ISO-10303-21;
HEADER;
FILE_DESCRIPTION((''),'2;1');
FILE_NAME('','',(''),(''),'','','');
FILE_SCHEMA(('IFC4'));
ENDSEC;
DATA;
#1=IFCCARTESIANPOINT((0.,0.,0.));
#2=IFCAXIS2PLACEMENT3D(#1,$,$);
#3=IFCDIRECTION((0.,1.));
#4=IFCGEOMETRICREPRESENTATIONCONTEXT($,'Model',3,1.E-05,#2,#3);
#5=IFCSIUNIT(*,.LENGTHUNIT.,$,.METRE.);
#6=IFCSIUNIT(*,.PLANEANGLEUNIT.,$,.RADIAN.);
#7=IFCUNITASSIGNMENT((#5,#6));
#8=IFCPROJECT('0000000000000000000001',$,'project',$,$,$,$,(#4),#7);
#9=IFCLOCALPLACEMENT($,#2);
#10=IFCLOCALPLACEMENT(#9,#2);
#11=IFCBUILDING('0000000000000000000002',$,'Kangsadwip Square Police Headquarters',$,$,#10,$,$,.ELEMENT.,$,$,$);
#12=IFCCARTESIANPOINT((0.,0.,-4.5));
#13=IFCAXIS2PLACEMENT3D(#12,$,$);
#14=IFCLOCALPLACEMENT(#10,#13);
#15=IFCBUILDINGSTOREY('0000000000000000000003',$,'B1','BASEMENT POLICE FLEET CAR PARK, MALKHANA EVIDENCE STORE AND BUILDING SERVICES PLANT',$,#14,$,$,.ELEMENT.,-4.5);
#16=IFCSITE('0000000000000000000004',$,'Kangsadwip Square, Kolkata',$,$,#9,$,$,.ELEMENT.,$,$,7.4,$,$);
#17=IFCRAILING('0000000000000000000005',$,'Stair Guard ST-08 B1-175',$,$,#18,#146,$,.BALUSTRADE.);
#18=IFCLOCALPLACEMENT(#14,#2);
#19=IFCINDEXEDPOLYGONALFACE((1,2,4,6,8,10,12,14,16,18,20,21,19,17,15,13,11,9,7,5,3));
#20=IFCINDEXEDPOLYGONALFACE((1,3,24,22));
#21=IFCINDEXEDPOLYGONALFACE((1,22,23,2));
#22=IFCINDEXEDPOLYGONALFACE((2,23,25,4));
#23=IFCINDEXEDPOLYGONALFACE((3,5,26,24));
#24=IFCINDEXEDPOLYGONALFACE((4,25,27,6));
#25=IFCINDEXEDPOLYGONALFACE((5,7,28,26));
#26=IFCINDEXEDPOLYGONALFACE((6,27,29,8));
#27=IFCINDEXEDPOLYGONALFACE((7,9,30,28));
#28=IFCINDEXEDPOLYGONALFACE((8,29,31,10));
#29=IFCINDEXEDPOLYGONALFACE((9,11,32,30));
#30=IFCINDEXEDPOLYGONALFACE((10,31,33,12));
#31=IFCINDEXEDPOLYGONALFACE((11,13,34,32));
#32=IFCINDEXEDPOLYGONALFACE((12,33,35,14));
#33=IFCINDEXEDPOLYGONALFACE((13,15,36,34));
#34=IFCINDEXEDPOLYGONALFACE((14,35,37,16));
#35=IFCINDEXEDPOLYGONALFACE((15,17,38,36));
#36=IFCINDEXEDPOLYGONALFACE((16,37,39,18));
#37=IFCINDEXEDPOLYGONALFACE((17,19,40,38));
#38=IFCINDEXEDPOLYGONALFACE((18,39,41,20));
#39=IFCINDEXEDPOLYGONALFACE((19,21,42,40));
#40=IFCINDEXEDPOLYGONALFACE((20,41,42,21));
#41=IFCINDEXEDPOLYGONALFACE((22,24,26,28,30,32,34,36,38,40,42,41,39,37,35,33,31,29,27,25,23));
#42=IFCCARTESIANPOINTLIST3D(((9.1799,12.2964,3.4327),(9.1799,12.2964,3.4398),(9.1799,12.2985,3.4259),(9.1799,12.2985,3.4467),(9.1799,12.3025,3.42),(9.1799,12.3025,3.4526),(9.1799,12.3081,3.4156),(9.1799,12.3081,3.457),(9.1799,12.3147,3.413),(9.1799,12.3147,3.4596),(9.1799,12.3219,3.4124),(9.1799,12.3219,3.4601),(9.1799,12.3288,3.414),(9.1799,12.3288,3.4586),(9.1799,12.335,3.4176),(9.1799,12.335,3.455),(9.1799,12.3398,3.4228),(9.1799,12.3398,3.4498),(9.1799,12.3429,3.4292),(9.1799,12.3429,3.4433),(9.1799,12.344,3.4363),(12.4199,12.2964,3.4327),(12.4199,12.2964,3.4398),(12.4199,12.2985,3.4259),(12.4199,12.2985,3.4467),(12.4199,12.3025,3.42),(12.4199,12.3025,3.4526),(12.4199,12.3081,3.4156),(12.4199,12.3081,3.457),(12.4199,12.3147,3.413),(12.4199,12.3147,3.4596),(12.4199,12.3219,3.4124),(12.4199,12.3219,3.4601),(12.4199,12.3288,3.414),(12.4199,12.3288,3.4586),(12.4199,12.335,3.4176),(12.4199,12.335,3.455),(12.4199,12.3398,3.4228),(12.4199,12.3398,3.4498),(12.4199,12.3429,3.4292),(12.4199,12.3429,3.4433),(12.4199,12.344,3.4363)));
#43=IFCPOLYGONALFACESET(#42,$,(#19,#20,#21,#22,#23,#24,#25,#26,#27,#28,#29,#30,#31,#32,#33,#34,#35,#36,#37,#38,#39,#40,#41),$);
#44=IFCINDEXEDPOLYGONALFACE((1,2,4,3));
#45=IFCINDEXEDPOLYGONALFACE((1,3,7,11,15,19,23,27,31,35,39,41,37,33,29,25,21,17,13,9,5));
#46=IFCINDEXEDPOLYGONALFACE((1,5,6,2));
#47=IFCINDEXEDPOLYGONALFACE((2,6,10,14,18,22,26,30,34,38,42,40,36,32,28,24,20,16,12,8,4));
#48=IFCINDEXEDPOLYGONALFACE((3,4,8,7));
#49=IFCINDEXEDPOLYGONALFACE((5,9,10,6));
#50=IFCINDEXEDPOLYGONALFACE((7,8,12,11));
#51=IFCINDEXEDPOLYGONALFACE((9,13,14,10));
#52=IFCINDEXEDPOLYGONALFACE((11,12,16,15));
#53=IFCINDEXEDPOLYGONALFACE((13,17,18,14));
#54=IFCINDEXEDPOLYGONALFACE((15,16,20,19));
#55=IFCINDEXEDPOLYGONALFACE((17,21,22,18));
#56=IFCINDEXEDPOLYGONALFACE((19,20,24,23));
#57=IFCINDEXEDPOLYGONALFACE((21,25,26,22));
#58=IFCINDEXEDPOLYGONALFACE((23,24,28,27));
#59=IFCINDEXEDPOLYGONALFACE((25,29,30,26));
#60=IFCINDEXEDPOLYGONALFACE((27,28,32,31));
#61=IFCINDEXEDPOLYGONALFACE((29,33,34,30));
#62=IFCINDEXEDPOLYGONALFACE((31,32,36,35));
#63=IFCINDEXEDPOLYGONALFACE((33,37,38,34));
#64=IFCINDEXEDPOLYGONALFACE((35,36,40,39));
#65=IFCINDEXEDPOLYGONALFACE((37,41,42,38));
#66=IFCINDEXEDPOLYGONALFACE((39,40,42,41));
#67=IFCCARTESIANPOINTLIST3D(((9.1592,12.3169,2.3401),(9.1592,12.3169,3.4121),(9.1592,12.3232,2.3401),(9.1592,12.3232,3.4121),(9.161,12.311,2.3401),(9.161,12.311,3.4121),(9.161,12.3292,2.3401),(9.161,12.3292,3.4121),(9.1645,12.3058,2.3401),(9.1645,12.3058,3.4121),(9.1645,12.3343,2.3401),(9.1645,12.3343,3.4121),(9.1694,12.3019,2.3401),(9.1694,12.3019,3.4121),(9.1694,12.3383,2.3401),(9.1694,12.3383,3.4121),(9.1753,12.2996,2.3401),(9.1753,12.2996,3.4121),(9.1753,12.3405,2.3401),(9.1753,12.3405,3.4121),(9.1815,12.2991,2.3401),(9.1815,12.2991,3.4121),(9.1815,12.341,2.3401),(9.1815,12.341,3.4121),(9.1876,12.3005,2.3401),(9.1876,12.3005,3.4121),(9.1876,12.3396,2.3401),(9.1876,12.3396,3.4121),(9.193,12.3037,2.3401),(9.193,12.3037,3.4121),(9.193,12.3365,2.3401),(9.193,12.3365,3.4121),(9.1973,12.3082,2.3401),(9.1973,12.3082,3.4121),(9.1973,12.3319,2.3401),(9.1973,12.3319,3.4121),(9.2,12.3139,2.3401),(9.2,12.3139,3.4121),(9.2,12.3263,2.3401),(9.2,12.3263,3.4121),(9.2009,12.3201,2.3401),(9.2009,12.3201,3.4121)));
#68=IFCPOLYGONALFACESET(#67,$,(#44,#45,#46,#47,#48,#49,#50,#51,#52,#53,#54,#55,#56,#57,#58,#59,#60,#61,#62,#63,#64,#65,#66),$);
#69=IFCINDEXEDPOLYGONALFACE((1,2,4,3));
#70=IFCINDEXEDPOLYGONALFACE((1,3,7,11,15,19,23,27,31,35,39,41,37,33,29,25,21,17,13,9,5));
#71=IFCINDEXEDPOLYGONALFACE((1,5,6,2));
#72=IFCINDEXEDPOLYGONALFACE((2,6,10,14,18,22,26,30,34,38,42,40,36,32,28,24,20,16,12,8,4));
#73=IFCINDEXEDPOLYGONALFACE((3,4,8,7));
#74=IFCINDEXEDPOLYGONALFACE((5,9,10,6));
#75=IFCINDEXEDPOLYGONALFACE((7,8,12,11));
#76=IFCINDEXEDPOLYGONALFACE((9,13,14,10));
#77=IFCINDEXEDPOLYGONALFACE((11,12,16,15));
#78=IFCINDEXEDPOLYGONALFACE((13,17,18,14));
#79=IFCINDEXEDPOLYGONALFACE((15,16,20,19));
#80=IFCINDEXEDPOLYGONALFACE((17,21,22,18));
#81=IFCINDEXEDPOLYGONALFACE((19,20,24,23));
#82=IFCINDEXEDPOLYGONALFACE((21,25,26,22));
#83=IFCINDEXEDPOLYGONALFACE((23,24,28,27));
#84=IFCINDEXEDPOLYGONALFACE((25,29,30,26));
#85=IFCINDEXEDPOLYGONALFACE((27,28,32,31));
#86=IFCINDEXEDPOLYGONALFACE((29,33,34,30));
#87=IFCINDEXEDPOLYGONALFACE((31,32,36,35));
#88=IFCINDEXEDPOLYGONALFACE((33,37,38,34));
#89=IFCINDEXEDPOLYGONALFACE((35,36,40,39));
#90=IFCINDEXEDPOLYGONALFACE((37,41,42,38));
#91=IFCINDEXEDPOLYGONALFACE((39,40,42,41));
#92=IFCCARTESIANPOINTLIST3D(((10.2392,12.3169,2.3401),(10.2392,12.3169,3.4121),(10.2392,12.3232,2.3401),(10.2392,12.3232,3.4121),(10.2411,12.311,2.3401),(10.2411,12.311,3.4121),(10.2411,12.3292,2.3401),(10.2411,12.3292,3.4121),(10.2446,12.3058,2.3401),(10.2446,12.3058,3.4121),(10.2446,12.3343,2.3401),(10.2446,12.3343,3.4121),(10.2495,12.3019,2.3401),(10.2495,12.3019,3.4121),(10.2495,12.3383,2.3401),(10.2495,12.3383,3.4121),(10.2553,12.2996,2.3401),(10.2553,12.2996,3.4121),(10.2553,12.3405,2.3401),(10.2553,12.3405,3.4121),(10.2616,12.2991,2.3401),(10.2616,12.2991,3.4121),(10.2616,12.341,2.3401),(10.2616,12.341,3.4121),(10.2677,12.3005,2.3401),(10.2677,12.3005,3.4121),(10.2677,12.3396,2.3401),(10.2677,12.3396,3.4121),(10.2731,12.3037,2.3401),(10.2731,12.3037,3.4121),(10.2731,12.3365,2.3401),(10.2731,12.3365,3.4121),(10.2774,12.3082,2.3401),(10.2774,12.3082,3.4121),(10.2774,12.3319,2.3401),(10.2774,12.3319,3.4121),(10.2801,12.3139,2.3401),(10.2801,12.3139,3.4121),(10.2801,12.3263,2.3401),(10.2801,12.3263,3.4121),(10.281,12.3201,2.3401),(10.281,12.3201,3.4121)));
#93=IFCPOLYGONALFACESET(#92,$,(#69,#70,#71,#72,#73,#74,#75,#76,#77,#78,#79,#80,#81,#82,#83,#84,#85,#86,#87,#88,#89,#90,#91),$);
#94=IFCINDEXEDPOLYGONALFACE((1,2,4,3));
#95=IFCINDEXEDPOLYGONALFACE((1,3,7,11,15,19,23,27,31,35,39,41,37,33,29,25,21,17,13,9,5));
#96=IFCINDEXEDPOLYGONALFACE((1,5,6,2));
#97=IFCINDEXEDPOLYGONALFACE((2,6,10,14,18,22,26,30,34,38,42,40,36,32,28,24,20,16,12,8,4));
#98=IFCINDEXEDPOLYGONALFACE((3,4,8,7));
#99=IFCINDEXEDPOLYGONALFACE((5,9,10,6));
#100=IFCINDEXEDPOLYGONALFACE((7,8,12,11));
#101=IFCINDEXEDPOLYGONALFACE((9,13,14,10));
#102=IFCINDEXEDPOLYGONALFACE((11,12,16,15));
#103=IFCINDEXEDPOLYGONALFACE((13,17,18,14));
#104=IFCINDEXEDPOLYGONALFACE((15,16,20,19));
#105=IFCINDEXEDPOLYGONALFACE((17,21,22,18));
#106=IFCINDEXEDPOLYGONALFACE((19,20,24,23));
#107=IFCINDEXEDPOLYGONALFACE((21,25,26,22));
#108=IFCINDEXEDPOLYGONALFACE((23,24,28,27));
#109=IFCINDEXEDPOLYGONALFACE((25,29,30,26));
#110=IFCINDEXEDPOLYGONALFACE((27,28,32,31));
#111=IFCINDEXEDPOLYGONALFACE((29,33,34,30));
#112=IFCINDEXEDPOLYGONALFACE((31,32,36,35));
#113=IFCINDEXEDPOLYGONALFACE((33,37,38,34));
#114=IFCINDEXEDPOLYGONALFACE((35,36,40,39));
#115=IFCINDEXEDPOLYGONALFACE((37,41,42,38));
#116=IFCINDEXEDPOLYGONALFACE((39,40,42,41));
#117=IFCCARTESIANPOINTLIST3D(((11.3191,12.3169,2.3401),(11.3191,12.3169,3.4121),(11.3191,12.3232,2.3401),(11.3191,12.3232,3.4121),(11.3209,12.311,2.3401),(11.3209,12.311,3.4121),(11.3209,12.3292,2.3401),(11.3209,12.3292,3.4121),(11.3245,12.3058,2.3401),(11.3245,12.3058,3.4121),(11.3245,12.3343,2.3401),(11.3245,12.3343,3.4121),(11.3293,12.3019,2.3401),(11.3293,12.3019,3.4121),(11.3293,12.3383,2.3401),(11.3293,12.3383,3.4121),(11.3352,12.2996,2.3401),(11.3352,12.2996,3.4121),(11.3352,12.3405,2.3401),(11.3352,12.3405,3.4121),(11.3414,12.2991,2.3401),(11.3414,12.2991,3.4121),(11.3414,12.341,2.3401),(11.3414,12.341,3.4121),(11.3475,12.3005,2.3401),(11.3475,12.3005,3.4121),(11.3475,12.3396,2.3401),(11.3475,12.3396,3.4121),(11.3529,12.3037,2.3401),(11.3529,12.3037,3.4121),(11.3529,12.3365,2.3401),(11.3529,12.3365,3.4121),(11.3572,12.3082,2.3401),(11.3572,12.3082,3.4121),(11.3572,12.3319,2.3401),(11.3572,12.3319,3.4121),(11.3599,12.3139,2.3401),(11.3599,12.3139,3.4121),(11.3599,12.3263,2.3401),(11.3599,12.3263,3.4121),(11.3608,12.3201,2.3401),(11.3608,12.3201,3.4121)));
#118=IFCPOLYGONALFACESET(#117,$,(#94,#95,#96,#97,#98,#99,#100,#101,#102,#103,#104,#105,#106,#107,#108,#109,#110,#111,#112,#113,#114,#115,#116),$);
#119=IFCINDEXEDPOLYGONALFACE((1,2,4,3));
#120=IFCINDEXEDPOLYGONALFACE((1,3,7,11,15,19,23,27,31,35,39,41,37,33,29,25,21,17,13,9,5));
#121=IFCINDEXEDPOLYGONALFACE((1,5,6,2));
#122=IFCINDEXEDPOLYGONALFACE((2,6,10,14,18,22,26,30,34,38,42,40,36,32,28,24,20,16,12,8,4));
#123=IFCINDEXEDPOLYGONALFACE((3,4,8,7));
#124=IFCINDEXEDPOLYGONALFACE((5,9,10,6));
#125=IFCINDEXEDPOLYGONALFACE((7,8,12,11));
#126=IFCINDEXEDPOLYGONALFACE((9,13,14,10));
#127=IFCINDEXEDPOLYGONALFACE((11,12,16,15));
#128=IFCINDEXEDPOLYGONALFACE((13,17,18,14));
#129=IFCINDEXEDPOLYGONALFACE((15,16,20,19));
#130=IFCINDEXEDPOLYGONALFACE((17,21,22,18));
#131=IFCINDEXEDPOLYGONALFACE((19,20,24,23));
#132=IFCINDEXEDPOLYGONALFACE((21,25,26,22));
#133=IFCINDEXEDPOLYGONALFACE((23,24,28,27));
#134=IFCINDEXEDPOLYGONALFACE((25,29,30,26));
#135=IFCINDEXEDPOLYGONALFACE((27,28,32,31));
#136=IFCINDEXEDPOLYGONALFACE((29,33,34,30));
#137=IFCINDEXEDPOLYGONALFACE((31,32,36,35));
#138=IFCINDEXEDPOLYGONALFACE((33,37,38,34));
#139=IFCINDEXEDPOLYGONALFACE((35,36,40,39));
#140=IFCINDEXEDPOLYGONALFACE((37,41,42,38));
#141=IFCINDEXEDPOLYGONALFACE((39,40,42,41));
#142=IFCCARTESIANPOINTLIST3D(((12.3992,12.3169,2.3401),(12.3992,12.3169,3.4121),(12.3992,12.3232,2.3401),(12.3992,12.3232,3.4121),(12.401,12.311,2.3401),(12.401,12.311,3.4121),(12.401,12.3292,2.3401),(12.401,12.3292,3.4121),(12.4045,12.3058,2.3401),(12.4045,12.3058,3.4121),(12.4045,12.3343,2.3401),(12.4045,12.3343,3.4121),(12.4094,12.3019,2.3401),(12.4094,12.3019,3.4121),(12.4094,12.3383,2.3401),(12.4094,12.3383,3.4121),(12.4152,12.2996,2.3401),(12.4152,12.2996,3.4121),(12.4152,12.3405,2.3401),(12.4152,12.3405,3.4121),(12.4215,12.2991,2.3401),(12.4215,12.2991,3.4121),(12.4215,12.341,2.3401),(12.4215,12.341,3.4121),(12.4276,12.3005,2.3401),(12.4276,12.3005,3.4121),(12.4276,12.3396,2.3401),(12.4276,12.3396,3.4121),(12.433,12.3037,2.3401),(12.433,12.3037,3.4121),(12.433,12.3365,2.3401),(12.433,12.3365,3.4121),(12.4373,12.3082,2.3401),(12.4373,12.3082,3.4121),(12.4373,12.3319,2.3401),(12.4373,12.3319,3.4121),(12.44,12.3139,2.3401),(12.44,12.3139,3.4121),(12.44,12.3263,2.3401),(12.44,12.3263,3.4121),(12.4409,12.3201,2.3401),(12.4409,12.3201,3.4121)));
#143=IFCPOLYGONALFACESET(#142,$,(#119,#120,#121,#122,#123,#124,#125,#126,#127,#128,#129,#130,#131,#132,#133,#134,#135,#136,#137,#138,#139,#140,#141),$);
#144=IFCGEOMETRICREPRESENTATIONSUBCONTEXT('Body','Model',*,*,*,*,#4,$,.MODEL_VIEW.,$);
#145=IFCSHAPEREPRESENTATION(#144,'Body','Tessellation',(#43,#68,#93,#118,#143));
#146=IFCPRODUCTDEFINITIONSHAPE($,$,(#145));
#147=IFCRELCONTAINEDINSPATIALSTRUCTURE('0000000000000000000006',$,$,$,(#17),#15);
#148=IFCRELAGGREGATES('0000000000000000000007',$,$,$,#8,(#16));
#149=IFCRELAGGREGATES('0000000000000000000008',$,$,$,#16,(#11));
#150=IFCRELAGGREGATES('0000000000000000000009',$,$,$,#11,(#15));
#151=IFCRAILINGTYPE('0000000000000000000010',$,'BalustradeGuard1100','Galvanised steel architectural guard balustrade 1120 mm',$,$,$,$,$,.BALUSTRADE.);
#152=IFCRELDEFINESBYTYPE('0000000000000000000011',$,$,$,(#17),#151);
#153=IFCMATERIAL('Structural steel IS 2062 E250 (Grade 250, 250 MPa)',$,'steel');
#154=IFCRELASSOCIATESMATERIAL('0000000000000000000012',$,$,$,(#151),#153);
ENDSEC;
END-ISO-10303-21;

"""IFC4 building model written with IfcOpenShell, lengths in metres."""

from ifc_helpers import new_model, si_unit, direction, frame, origin, origin_2d, place, context, subcontext, project, spatial, circle, extrude, material, type_object, element, save


model = new_model("IFC4")

# Units and contexts
model_context = context("Model", 3, precision=1e-05, world=origin(), true_north=direction((0.0, 1.0)))
body_context = subcontext(model_context, "Body", "Model", "MODEL_VIEW")
ifc_project = project(units=[si_unit("LENGTHUNIT", "METRE"), si_unit("PLANEANGLEUNIT", "RADIAN")], contexts=[model_context])

# Site, building, storey
site_placement = place(None, origin())
site = spatial("IfcSite", under=ifc_project, at=site_placement, Name="Kangsadwip Square, Kolkata", CompositionType="ELEMENT", RefElevation=7.4)
building_placement = place(site_placement, origin())
building = spatial("IfcBuilding", under=site, at=building_placement, Name="Kangsadwip Square Police Headquarters", CompositionType="ELEMENT")
storey_placement = place(building_placement, frame((0.0, 0.0, -4.5)))
storey = spatial("IfcBuildingStorey", under=building, at=storey_placement, Name="B1", Description="BASEMENT POLICE FLEET CAR PARK, MALKHANA EVIDENCE STORE AND BUILDING SERVICES PLANT", CompositionType="ELEMENT", Elevation=-4.5)

# Railing
ifc_material_1 = material(Name="Structural steel IS 2062 E250 (Grade 250, 250 MPa)", Category="steel")
railing_type_1 = type_object("IfcRailingType", Name="BalustradeGuard1100", Description="Galvanised steel architectural guard balustrade 1120 mm", PredefinedType="BALUSTRADE", material=ifc_material_1)
railing_1_placement = place(storey_placement, frame((9.1799, 12.3201, 2.3401)))
element("IfcRailing", 1, at=railing_1_placement, inside=storey, type_object=railing_type_1, Name="Stair Guard ST-08 B1-175", PredefinedType="BALUSTRADE", context=body_context, shape_type="SweptSolid", body=[
    extrude(circle(Radius=0.0239, at=origin_2d()), frame((0.0, 0.0, 1.0962), z_axis=(1.0, 0.0, 0.0), x_axis=(0.0, 1.0, 0.0)), (0.0, 0.0, 1.0), 3.24),
    extrude(circle(Radius=0.021, at=origin_2d()), origin(), (0.0, 0.0, 1.0), 1.072),
    extrude(circle(Radius=0.021, at=origin_2d()), frame((1.0801, 0.0, 0.0)), (0.0, 0.0, 1.0), 1.072),
    extrude(circle(Radius=0.021, at=origin_2d()), frame((2.1599, 0.0, 0.0)), (0.0, 0.0, 1.0), 1.072),
    extrude(circle(Radius=0.021, at=origin_2d()), frame((3.24, 0.0, 0.0)), (0.0, 0.0, 1.0), 1.072),
])

save(model, "model.ifc")
